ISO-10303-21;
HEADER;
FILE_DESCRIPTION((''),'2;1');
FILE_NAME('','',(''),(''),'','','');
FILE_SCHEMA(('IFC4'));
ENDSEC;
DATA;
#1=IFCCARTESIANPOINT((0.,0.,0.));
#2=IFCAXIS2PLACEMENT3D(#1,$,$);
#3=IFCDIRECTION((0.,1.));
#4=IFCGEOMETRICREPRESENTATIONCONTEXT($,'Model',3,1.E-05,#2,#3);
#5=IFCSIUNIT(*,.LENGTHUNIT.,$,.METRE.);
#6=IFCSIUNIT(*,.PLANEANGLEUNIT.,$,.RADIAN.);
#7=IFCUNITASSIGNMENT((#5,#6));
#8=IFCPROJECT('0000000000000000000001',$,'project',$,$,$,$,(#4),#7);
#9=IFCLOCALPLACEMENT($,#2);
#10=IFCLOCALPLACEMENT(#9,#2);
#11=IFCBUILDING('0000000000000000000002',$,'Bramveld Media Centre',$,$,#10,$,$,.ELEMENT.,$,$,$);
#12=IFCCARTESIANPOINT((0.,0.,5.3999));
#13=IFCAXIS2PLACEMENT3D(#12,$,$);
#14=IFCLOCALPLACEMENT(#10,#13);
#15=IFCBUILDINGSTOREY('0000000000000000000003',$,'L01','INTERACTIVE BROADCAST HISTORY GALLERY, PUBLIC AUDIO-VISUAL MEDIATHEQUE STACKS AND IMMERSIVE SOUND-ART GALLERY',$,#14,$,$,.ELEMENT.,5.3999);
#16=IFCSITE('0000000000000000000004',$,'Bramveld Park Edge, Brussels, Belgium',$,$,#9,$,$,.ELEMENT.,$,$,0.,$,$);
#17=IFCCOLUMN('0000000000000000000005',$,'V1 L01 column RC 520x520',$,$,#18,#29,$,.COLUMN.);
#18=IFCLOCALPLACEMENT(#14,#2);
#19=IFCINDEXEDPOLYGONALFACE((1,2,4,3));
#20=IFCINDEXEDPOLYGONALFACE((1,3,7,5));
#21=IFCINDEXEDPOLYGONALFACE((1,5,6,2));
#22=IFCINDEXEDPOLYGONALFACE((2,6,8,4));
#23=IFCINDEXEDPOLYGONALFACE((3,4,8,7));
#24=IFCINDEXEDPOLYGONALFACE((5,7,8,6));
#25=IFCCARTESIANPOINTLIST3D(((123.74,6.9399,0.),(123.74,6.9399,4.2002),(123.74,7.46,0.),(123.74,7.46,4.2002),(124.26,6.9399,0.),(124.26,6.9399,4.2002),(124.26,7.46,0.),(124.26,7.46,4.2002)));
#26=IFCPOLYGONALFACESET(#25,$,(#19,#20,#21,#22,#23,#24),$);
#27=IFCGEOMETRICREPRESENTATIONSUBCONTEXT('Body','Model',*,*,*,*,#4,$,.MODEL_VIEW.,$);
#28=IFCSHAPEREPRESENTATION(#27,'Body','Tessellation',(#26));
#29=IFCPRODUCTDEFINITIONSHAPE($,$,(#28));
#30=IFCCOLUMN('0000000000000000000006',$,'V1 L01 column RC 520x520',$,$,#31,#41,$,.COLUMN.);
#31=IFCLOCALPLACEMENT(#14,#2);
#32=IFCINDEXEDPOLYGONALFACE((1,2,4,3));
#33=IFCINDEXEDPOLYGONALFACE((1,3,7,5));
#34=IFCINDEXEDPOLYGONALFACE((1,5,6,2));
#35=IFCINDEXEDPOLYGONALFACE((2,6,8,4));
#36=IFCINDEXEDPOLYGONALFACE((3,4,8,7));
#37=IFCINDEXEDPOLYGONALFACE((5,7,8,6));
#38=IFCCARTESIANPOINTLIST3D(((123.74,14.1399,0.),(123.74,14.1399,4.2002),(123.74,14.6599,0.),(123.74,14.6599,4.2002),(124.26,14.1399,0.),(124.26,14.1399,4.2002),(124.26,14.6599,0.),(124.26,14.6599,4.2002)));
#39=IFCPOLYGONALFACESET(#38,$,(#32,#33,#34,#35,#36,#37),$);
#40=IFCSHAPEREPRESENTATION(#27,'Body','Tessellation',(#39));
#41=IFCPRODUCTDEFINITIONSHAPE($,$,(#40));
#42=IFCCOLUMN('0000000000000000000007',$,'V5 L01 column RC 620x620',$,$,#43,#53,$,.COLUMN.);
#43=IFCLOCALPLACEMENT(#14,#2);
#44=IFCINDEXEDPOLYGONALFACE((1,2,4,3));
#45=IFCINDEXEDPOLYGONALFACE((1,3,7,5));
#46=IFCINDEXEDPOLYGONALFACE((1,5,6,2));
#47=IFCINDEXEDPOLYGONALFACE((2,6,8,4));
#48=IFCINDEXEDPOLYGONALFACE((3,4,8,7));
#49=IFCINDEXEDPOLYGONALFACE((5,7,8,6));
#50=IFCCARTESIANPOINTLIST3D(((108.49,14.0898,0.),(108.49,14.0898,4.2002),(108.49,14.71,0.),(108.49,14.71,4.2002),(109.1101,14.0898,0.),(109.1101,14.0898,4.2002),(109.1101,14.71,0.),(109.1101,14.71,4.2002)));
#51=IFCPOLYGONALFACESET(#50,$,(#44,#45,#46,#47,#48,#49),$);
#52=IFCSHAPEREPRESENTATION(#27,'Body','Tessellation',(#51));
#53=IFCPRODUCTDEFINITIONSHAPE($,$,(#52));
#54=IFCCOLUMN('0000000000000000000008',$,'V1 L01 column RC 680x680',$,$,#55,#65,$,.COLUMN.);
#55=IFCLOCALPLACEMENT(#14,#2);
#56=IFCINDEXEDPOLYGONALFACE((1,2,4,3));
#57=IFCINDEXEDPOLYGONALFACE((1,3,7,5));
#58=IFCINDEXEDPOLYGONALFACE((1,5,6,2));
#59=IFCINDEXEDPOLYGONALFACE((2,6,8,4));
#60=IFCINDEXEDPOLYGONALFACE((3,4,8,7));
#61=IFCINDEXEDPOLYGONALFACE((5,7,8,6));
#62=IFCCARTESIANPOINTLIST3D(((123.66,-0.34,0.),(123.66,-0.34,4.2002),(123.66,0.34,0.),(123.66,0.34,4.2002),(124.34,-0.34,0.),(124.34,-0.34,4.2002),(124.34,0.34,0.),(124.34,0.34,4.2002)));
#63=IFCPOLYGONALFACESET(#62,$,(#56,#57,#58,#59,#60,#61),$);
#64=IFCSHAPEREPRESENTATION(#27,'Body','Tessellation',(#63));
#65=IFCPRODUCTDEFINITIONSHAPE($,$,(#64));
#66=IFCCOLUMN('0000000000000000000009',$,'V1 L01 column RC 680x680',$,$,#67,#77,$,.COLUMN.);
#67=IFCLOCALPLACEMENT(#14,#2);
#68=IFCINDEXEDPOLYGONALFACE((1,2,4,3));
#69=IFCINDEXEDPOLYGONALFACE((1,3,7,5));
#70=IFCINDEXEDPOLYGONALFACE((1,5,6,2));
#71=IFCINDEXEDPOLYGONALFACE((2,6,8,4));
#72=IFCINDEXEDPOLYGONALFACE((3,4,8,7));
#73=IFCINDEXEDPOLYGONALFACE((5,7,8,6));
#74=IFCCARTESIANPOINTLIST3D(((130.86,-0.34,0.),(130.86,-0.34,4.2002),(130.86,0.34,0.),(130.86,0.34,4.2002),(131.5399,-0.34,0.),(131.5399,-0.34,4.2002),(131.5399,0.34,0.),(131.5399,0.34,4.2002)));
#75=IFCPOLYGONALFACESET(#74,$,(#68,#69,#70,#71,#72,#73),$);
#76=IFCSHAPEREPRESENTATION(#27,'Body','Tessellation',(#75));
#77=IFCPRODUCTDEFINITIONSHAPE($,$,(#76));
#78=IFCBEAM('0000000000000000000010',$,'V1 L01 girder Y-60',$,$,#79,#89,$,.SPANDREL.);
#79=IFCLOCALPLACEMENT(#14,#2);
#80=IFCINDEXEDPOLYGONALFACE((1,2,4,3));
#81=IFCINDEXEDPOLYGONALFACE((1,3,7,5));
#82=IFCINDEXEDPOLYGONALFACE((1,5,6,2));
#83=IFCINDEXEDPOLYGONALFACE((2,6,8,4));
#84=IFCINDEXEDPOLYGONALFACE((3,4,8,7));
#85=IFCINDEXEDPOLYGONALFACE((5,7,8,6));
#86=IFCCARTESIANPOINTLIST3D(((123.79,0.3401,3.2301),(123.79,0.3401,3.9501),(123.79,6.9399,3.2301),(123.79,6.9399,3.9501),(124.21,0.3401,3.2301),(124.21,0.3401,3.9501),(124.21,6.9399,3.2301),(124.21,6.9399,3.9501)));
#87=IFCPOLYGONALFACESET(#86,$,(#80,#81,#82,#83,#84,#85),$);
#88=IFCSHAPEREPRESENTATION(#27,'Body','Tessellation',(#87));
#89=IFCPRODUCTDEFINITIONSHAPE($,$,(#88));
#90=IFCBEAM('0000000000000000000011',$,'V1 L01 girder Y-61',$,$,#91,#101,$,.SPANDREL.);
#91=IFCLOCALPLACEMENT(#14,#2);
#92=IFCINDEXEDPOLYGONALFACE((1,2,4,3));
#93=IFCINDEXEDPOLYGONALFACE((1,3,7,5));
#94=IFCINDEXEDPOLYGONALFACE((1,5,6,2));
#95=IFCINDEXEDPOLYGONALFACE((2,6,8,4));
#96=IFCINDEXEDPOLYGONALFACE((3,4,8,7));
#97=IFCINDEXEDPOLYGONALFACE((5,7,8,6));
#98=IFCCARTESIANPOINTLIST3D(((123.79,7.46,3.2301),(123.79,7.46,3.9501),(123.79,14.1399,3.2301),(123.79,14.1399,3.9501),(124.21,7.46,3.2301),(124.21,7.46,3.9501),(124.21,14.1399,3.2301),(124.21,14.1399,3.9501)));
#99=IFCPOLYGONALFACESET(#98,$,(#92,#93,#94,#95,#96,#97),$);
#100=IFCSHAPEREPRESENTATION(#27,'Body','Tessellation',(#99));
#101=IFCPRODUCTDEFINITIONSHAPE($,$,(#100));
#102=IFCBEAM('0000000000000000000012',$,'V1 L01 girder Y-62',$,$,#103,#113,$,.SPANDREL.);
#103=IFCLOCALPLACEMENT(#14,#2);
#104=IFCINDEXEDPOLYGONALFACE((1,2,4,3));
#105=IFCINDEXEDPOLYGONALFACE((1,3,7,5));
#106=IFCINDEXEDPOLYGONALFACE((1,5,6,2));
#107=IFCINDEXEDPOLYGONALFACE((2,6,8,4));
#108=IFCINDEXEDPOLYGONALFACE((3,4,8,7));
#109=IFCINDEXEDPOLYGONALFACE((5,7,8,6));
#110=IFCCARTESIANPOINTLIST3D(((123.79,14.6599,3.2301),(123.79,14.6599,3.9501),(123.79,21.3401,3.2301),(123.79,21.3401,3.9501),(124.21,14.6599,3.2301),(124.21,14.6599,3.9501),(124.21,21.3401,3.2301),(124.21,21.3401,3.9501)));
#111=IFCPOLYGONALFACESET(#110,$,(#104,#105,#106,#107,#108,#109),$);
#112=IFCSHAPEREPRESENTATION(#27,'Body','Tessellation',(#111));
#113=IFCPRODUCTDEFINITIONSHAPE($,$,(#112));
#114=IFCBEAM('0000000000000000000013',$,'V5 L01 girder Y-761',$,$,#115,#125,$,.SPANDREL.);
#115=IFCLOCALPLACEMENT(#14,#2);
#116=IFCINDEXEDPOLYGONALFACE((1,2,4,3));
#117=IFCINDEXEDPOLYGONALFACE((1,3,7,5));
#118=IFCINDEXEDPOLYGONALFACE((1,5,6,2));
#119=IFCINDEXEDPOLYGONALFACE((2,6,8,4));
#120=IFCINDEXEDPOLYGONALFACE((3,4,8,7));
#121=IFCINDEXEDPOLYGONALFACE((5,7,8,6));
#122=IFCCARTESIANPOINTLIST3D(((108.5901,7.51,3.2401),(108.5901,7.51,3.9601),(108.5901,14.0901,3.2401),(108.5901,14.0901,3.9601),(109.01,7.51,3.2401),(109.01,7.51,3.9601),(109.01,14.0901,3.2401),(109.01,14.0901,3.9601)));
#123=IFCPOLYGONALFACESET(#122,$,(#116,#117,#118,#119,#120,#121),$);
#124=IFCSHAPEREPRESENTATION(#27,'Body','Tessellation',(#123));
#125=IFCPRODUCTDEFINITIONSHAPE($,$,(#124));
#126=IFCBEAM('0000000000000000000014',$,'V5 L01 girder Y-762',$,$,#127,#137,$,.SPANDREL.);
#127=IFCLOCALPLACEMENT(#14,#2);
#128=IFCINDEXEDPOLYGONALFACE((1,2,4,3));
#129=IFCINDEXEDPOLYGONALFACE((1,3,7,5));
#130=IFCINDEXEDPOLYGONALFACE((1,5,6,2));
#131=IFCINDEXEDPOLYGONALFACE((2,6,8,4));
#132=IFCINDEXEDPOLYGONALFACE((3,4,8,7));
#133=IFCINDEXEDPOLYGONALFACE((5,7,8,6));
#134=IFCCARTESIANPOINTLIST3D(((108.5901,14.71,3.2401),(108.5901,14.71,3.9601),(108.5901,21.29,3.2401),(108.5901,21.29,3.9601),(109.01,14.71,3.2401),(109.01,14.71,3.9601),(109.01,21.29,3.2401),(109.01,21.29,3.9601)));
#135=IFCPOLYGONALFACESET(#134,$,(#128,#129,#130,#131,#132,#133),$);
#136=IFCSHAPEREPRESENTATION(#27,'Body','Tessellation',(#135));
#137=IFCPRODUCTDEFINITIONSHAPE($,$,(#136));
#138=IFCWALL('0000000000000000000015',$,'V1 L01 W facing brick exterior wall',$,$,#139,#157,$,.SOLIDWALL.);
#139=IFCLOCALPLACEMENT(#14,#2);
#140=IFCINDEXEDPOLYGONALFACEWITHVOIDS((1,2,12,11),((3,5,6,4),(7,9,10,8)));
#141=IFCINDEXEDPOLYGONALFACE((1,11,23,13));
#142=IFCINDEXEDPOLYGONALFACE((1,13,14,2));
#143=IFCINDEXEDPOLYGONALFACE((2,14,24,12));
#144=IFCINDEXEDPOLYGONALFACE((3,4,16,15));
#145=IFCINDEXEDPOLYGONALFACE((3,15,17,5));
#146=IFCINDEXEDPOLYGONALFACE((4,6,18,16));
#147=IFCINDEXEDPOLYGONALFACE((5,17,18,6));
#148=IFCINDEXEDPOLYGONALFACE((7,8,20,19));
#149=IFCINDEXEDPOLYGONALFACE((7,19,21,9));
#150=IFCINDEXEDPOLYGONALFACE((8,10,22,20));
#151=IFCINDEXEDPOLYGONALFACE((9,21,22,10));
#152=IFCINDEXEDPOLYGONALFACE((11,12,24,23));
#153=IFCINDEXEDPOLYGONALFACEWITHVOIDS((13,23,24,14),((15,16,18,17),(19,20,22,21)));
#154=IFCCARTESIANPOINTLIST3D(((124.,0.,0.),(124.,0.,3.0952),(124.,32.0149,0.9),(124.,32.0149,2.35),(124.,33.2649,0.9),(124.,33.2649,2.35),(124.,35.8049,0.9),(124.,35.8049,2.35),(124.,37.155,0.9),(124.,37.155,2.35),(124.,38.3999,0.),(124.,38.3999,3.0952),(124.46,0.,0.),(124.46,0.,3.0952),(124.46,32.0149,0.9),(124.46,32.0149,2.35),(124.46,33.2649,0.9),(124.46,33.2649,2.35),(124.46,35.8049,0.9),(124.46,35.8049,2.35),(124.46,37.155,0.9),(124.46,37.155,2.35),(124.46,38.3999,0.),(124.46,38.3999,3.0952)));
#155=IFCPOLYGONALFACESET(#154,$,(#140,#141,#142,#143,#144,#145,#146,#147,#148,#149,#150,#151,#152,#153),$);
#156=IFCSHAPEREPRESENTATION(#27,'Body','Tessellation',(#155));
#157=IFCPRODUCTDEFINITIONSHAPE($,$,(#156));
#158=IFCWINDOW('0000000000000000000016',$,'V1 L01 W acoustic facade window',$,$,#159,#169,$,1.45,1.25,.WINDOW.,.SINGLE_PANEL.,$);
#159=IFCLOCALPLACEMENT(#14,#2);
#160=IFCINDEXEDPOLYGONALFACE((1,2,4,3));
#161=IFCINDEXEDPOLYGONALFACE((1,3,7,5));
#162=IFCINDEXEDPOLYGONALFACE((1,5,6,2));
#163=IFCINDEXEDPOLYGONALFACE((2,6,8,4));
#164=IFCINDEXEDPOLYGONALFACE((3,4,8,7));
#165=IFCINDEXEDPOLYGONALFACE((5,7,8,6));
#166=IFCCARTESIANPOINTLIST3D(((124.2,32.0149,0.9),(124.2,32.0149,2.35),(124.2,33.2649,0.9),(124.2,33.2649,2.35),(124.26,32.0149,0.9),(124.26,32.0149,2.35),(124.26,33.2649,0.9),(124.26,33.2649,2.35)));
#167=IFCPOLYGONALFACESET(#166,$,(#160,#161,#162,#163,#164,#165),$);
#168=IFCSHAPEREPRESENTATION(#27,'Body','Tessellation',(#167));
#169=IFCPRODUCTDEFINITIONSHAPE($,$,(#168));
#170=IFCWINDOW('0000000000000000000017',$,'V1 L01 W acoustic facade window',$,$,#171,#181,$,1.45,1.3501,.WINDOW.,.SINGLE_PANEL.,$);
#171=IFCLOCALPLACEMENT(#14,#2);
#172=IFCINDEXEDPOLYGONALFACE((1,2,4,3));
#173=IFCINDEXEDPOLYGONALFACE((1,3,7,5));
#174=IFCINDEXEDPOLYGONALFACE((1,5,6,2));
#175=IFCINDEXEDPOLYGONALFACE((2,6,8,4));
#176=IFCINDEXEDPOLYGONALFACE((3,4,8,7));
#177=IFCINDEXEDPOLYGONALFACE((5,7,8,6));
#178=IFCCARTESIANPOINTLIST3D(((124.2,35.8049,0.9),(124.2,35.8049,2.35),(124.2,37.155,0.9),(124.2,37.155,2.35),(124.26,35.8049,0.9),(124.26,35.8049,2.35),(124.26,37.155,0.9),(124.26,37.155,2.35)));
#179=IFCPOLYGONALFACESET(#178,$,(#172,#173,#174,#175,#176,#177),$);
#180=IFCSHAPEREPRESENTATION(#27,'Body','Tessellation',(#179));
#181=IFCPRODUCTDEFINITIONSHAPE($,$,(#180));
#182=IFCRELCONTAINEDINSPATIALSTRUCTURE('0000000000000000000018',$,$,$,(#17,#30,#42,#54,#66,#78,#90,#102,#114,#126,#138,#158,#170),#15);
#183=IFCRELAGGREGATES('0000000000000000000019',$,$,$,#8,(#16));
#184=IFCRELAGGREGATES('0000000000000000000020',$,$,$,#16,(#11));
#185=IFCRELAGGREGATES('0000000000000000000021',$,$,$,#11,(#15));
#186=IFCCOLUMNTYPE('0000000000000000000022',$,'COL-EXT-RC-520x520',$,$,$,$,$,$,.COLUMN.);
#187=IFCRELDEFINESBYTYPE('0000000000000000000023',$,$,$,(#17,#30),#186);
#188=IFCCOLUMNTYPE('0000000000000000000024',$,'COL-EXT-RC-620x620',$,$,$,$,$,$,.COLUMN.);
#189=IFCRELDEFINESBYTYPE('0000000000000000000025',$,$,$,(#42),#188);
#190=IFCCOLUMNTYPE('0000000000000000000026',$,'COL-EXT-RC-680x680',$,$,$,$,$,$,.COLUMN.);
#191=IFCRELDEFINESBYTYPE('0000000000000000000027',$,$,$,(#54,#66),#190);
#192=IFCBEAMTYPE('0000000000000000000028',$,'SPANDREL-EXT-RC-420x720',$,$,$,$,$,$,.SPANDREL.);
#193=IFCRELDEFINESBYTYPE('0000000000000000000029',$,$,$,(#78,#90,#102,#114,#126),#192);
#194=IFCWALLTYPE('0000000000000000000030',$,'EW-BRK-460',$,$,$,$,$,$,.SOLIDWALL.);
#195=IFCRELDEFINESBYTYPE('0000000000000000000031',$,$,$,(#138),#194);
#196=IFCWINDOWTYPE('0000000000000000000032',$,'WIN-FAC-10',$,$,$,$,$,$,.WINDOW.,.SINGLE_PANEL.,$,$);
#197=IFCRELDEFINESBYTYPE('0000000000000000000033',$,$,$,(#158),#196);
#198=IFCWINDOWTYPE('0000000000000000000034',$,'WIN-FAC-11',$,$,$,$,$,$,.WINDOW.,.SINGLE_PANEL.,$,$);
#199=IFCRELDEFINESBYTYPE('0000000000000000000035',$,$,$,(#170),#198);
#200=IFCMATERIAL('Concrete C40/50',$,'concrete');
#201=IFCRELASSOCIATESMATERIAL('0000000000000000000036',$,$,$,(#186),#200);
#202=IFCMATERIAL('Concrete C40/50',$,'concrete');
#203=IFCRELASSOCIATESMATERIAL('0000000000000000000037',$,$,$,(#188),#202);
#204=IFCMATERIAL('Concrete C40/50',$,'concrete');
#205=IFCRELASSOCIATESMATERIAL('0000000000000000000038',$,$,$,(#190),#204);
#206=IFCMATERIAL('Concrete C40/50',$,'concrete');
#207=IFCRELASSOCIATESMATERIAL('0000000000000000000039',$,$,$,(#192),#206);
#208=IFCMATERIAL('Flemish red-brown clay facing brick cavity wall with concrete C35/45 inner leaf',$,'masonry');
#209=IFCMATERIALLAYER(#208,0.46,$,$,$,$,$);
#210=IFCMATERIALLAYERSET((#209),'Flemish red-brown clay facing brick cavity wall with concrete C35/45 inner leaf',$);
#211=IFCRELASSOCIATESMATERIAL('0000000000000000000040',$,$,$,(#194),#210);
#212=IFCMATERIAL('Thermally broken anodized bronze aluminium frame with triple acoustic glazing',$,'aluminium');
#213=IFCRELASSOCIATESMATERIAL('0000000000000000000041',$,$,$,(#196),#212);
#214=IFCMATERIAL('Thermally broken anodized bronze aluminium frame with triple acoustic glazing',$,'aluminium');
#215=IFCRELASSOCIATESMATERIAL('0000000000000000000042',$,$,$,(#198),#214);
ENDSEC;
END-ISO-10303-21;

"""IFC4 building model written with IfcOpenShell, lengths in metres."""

from ifc_helpers import new_model, si_unit, direction, frame, frame_2d, origin, origin_2d, place, context, subcontext, project, spatial, rectangle, extrude, material, layer, layer_set, material_profile, profile_set, type_object, element, fill, save


model = new_model("IFC4")

# Units and contexts
model_context = context("Model", 3, precision=1e-05, world=origin(), true_north=direction((0.0, 1.0)))
body_context = subcontext(model_context, "Body", "Model", "MODEL_VIEW")
ifc_project = project(units=[si_unit("LENGTHUNIT", "METRE"), si_unit("PLANEANGLEUNIT", "RADIAN")], contexts=[model_context])

# Site, building, storey
site_placement = place(None, origin())
site = spatial("IfcSite", under=ifc_project, at=site_placement, Name="Bramveld Park Edge, Brussels, Belgium", CompositionType="ELEMENT", RefElevation=0.0)
building_placement = place(site_placement, origin())
building = spatial("IfcBuilding", under=site, at=building_placement, Name="Bramveld Media Centre", CompositionType="ELEMENT")
storey_placement = place(building_placement, frame((0.0, 0.0, 5.3999)))
storey = spatial("IfcBuildingStorey", under=building, at=storey_placement, Name="L01", Description="INTERACTIVE BROADCAST HISTORY GALLERY, PUBLIC AUDIO-VISUAL MEDIATHEQUE STACKS AND IMMERSIVE SOUND-ART GALLERY", CompositionType="ELEMENT", Elevation=5.3999)

# Columns
ifc_material_1 = material(Name="Concrete C40/50", Category="concrete")
ifc_material_profile_1 = material_profile(ifc_material_1, rectangle(XDim=0.52, YDim=0.52, at=origin_2d()), Name="RC 520x520")
ifc_profile_set_1 = profile_set([ifc_material_profile_1], Name="Concrete C40/50")
column_type_1 = type_object("IfcColumnType", Name="COL-EXT-RC-520x520", PredefinedType="COLUMN", material=ifc_profile_set_1)
for number, where, z_axis, x_axis, name in (
    (1, (124.0, 7.2, 0.0), (0.0, 0.0, 1.0), (1.0, 0.0, 0.0), "V1 L01 column RC 520x520"),
    (2, (124.0, 14.3999, 0.0), (0.0, 0.0, 1.0), (1.0, 0.0, 0.0), "V1 L01 column RC 520x520"),
):
    element("IfcColumn", number, at=place(storey_placement, frame(where, z_axis=z_axis, x_axis=x_axis)), inside=storey, type_object=column_type_1, Name=name, PredefinedType="COLUMN", context=body_context, shape_type="SweptSolid", body=[
        extrude(rectangle(XDim=0.52, YDim=0.52, at=origin_2d()), origin(), (0.0, 0.0, 1.0), 4.2002),
    ])
ifc_material_2 = material(Name="Concrete C40/50", Category="concrete")
ifc_material_profile_2 = material_profile(ifc_material_2, rectangle(XDim=0.6201, YDim=0.6201, at=origin_2d()), Name="RC 620x620")
ifc_profile_set_2 = profile_set([ifc_material_profile_2], Name="Concrete C40/50")
column_type_2 = type_object("IfcColumnType", Name="COL-EXT-RC-620x620", PredefinedType="COLUMN", material=ifc_profile_set_2)
column_placement = place(storey_placement, frame((108.8, 14.3999, 0.0), z_axis=(0.0, 0.0, 1.0), x_axis=(1.0, 0.0, 0.0)))
element("IfcColumn", 3, at=column_placement, inside=storey, type_object=column_type_2, Name="V5 L01 column RC 620x620", PredefinedType="COLUMN", context=body_context, shape_type="SweptSolid", body=[
    extrude(rectangle(XDim=0.6201, YDim=0.6201, at=origin_2d()), origin(), (0.0, 0.0, 1.0), 4.2002),
])
ifc_material_3 = material(Name="Concrete C40/50", Category="concrete")
ifc_material_profile_3 = material_profile(ifc_material_3, rectangle(XDim=0.6799, YDim=0.6799, at=origin_2d()), Name="RC 680x680")
ifc_profile_set_3 = profile_set([ifc_material_profile_3], Name="Concrete C40/50")
column_type_3 = type_object("IfcColumnType", Name="COL-EXT-RC-680x680", PredefinedType="COLUMN", material=ifc_profile_set_3)
for number, where, z_axis, x_axis, name in (
    (4, (124.0, 0.0, 0.0), (0.0, 0.0, 1.0), (1.0, 0.0, 0.0), "V1 L01 column RC 680x680"),
    (5, (131.2, 0.0, 0.0), (0.0, 0.0, 1.0), (1.0, 0.0, 0.0), "V1 L01 column RC 680x680"),
):
    element("IfcColumn", number, at=place(storey_placement, frame(where, z_axis=z_axis, x_axis=x_axis)), inside=storey, type_object=column_type_3, Name=name, PredefinedType="COLUMN", context=body_context, shape_type="SweptSolid", body=[
        extrude(rectangle(XDim=0.6799, YDim=0.6799, at=origin_2d()), origin(), (0.0, 0.0, 1.0), 4.2002),
    ])

# Beams
ifc_material_4 = material(Name="Concrete C40/50", Category="concrete")
ifc_material_profile_4 = material_profile(ifc_material_4, rectangle(XDim=0.4199, YDim=0.72, at=origin_2d()), Name="RC 420x720")
ifc_profile_set_4 = profile_set([ifc_material_profile_4], Name="Concrete C40/50")
beam_type = type_object("IfcBeamType", Name="SPANDREL-EXT-RC-420x720", PredefinedType="SPANDREL", material=ifc_profile_set_4)
beam_1_placement = place(storey_placement, frame((124.0, 0.3401, 3.5901), z_axis=(0.0, 1.0, 0.0), x_axis=(-1.0, 0.0, 0.0)))
element("IfcBeam", 6, at=beam_1_placement, inside=storey, type_object=beam_type, Name="V1 L01 girder Y-60", PredefinedType="SPANDREL", context=body_context, shape_type="SweptSolid", body=[
    extrude(rectangle(XDim=0.4199, YDim=0.72, at=origin_2d()), origin(), (0.0, 0.0, 1.0), 6.5999),
])
beam_2_placement = place(storey_placement, frame((124.0, 7.46, 3.5901), z_axis=(0.0, 1.0, 0.0), x_axis=(-1.0, 0.0, 0.0)))
element("IfcBeam", 7, at=beam_2_placement, inside=storey, type_object=beam_type, Name="V1 L01 girder Y-61", PredefinedType="SPANDREL", context=body_context, shape_type="SweptSolid", body=[
    extrude(rectangle(XDim=0.4199, YDim=0.72, at=origin_2d()), origin(), (0.0, 0.0, 1.0), 6.6799),
])
beam_3_placement = place(storey_placement, frame((124.0, 14.6599, 3.5901), z_axis=(0.0, 1.0, 0.0), x_axis=(-1.0, 0.0, 0.0)))
element("IfcBeam", 8, at=beam_3_placement, inside=storey, type_object=beam_type, Name="V1 L01 girder Y-62", PredefinedType="SPANDREL", context=body_context, shape_type="SweptSolid", body=[
    extrude(rectangle(XDim=0.4199, YDim=0.72, at=origin_2d()), origin(), (0.0, 0.0, 1.0), 6.6802),
])
for number, where, z_axis, x_axis, name in (
    (9, (108.8, 7.51, 3.6001), (0.0, 1.0, 0.0), (-1.0, 0.0, 0.0), "V5 L01 girder Y-761"),
    (10, (108.8, 14.71, 3.6001), (0.0, 1.0, 0.0), (-1.0, 0.0, 0.0), "V5 L01 girder Y-762"),
):
    element("IfcBeam", number, at=place(storey_placement, frame(where, z_axis=z_axis, x_axis=x_axis)), inside=storey, type_object=beam_type, Name=name, PredefinedType="SPANDREL", context=body_context, shape_type="SweptSolid", body=[
        extrude(rectangle(XDim=0.4199, YDim=0.72, at=origin_2d()), origin(), (0.0, 0.0, 1.0), 6.5801),
    ])

# Wall, openings, windows
ifc_material_5 = material(Name="Flemish red-brown clay facing brick cavity wall with concrete C35/45 inner leaf", Category="masonry")
ifc_layer = layer(ifc_material_5, 0.46)
ifc_layer_set = layer_set([ifc_layer], Name="Flemish red-brown clay facing brick cavity wall with concrete C35/45 inner leaf")
wall_type = type_object("IfcWallType", Name="EW-BRK-460", PredefinedType="SOLIDWALL", material=ifc_layer_set)
wall_placement = place(storey_placement, frame((124.23, 0.0, 0.0), z_axis=(0.0, 0.0, 1.0), x_axis=(0.0, 1.0, 0.0)))
wall = element("IfcWall", 11, at=wall_placement, inside=storey, type_object=wall_type, Name="V1 L01 W facing brick exterior wall", PredefinedType="SOLIDWALL", context=body_context, shape_type="SweptSolid", body=[
    extrude(rectangle(XDim=38.3999, YDim=0.46, at=frame_2d((19.2, 0.0))), origin(), (0.0, 0.0, 1.0), 3.0952),
])
opening_1_placement = place(wall_placement, frame((32.0149, 0.0, 0.8999)))
opening_1 = element("IfcOpeningElement", 12, at=opening_1_placement, cuts=wall, PredefinedType="OPENING", context=body_context, shape_type="SweptSolid", body=[
    extrude(rectangle(XDim=1.25, YDim=1.45, at=frame_2d((0.625, 0.7251))), frame((0.0, 0.2419, 0.0), z_axis=(0.0, -1.0, 0.0), x_axis=(1.0, 0.0, 0.0)), (0.0, 0.0, 1.0), 0.4839),
])
opening_2_placement = place(wall_placement, frame((35.8049, 0.0, 0.8999)))
opening_2 = element("IfcOpeningElement", 13, at=opening_2_placement, cuts=wall, PredefinedType="OPENING", context=body_context, shape_type="SweptSolid", body=[
    extrude(rectangle(XDim=1.3501, YDim=1.45, at=frame_2d((0.675, 0.7251))), frame((0.0, 0.2419, 0.0), z_axis=(0.0, -1.0, 0.0), x_axis=(1.0, 0.0, 0.0)), (0.0, 0.0, 1.0), 0.4839),
])
ifc_material_6 = material(Name="Thermally broken anodized bronze aluminium frame with triple acoustic glazing", Category="aluminium")
window_type_1 = type_object("IfcWindowType", Name="WIN-FAC-10", PartitioningType="SINGLE_PANEL", PredefinedType="WINDOW", material=ifc_material_6)
window_1_placement = place(opening_1_placement, origin())
window_1 = element("IfcWindow", 14, at=window_1_placement, inside=storey, type_object=window_type_1, Name="V1 L01 W acoustic facade window", OverallHeight=1.45, OverallWidth=1.25, PartitioningType="SINGLE_PANEL", PredefinedType="WINDOW", context=body_context, shape_type="SweptSolid", body=[
    extrude(rectangle(XDim=1.25, YDim=1.45, at=frame_2d((0.625, 0.7251))), frame((0.0, 0.03, 0.0), z_axis=(0.0, -1.0, 0.0), x_axis=(1.0, 0.0, 0.0)), (0.0, 0.0, 1.0), 0.0601),
])
fill(opening_1, window_1)
ifc_material_7 = material(Name="Thermally broken anodized bronze aluminium frame with triple acoustic glazing", Category="aluminium")
window_type_2 = type_object("IfcWindowType", Name="WIN-FAC-11", PartitioningType="SINGLE_PANEL", PredefinedType="WINDOW", material=ifc_material_7)
window_2_placement = place(opening_2_placement, origin())
window_2 = element("IfcWindow", 15, at=window_2_placement, inside=storey, type_object=window_type_2, Name="V1 L01 W acoustic facade window", OverallHeight=1.45, OverallWidth=1.3501, PartitioningType="SINGLE_PANEL", PredefinedType="WINDOW", context=body_context, shape_type="SweptSolid", body=[
    extrude(rectangle(XDim=1.3501, YDim=1.45, at=frame_2d((0.675, 0.7251))), frame((0.0, 0.03, 0.0), z_axis=(0.0, -1.0, 0.0), x_axis=(1.0, 0.0, 0.0)), (0.0, 0.0, 1.0), 0.0601),
])
fill(opening_2, window_2)

save(model, "model.ifc")
